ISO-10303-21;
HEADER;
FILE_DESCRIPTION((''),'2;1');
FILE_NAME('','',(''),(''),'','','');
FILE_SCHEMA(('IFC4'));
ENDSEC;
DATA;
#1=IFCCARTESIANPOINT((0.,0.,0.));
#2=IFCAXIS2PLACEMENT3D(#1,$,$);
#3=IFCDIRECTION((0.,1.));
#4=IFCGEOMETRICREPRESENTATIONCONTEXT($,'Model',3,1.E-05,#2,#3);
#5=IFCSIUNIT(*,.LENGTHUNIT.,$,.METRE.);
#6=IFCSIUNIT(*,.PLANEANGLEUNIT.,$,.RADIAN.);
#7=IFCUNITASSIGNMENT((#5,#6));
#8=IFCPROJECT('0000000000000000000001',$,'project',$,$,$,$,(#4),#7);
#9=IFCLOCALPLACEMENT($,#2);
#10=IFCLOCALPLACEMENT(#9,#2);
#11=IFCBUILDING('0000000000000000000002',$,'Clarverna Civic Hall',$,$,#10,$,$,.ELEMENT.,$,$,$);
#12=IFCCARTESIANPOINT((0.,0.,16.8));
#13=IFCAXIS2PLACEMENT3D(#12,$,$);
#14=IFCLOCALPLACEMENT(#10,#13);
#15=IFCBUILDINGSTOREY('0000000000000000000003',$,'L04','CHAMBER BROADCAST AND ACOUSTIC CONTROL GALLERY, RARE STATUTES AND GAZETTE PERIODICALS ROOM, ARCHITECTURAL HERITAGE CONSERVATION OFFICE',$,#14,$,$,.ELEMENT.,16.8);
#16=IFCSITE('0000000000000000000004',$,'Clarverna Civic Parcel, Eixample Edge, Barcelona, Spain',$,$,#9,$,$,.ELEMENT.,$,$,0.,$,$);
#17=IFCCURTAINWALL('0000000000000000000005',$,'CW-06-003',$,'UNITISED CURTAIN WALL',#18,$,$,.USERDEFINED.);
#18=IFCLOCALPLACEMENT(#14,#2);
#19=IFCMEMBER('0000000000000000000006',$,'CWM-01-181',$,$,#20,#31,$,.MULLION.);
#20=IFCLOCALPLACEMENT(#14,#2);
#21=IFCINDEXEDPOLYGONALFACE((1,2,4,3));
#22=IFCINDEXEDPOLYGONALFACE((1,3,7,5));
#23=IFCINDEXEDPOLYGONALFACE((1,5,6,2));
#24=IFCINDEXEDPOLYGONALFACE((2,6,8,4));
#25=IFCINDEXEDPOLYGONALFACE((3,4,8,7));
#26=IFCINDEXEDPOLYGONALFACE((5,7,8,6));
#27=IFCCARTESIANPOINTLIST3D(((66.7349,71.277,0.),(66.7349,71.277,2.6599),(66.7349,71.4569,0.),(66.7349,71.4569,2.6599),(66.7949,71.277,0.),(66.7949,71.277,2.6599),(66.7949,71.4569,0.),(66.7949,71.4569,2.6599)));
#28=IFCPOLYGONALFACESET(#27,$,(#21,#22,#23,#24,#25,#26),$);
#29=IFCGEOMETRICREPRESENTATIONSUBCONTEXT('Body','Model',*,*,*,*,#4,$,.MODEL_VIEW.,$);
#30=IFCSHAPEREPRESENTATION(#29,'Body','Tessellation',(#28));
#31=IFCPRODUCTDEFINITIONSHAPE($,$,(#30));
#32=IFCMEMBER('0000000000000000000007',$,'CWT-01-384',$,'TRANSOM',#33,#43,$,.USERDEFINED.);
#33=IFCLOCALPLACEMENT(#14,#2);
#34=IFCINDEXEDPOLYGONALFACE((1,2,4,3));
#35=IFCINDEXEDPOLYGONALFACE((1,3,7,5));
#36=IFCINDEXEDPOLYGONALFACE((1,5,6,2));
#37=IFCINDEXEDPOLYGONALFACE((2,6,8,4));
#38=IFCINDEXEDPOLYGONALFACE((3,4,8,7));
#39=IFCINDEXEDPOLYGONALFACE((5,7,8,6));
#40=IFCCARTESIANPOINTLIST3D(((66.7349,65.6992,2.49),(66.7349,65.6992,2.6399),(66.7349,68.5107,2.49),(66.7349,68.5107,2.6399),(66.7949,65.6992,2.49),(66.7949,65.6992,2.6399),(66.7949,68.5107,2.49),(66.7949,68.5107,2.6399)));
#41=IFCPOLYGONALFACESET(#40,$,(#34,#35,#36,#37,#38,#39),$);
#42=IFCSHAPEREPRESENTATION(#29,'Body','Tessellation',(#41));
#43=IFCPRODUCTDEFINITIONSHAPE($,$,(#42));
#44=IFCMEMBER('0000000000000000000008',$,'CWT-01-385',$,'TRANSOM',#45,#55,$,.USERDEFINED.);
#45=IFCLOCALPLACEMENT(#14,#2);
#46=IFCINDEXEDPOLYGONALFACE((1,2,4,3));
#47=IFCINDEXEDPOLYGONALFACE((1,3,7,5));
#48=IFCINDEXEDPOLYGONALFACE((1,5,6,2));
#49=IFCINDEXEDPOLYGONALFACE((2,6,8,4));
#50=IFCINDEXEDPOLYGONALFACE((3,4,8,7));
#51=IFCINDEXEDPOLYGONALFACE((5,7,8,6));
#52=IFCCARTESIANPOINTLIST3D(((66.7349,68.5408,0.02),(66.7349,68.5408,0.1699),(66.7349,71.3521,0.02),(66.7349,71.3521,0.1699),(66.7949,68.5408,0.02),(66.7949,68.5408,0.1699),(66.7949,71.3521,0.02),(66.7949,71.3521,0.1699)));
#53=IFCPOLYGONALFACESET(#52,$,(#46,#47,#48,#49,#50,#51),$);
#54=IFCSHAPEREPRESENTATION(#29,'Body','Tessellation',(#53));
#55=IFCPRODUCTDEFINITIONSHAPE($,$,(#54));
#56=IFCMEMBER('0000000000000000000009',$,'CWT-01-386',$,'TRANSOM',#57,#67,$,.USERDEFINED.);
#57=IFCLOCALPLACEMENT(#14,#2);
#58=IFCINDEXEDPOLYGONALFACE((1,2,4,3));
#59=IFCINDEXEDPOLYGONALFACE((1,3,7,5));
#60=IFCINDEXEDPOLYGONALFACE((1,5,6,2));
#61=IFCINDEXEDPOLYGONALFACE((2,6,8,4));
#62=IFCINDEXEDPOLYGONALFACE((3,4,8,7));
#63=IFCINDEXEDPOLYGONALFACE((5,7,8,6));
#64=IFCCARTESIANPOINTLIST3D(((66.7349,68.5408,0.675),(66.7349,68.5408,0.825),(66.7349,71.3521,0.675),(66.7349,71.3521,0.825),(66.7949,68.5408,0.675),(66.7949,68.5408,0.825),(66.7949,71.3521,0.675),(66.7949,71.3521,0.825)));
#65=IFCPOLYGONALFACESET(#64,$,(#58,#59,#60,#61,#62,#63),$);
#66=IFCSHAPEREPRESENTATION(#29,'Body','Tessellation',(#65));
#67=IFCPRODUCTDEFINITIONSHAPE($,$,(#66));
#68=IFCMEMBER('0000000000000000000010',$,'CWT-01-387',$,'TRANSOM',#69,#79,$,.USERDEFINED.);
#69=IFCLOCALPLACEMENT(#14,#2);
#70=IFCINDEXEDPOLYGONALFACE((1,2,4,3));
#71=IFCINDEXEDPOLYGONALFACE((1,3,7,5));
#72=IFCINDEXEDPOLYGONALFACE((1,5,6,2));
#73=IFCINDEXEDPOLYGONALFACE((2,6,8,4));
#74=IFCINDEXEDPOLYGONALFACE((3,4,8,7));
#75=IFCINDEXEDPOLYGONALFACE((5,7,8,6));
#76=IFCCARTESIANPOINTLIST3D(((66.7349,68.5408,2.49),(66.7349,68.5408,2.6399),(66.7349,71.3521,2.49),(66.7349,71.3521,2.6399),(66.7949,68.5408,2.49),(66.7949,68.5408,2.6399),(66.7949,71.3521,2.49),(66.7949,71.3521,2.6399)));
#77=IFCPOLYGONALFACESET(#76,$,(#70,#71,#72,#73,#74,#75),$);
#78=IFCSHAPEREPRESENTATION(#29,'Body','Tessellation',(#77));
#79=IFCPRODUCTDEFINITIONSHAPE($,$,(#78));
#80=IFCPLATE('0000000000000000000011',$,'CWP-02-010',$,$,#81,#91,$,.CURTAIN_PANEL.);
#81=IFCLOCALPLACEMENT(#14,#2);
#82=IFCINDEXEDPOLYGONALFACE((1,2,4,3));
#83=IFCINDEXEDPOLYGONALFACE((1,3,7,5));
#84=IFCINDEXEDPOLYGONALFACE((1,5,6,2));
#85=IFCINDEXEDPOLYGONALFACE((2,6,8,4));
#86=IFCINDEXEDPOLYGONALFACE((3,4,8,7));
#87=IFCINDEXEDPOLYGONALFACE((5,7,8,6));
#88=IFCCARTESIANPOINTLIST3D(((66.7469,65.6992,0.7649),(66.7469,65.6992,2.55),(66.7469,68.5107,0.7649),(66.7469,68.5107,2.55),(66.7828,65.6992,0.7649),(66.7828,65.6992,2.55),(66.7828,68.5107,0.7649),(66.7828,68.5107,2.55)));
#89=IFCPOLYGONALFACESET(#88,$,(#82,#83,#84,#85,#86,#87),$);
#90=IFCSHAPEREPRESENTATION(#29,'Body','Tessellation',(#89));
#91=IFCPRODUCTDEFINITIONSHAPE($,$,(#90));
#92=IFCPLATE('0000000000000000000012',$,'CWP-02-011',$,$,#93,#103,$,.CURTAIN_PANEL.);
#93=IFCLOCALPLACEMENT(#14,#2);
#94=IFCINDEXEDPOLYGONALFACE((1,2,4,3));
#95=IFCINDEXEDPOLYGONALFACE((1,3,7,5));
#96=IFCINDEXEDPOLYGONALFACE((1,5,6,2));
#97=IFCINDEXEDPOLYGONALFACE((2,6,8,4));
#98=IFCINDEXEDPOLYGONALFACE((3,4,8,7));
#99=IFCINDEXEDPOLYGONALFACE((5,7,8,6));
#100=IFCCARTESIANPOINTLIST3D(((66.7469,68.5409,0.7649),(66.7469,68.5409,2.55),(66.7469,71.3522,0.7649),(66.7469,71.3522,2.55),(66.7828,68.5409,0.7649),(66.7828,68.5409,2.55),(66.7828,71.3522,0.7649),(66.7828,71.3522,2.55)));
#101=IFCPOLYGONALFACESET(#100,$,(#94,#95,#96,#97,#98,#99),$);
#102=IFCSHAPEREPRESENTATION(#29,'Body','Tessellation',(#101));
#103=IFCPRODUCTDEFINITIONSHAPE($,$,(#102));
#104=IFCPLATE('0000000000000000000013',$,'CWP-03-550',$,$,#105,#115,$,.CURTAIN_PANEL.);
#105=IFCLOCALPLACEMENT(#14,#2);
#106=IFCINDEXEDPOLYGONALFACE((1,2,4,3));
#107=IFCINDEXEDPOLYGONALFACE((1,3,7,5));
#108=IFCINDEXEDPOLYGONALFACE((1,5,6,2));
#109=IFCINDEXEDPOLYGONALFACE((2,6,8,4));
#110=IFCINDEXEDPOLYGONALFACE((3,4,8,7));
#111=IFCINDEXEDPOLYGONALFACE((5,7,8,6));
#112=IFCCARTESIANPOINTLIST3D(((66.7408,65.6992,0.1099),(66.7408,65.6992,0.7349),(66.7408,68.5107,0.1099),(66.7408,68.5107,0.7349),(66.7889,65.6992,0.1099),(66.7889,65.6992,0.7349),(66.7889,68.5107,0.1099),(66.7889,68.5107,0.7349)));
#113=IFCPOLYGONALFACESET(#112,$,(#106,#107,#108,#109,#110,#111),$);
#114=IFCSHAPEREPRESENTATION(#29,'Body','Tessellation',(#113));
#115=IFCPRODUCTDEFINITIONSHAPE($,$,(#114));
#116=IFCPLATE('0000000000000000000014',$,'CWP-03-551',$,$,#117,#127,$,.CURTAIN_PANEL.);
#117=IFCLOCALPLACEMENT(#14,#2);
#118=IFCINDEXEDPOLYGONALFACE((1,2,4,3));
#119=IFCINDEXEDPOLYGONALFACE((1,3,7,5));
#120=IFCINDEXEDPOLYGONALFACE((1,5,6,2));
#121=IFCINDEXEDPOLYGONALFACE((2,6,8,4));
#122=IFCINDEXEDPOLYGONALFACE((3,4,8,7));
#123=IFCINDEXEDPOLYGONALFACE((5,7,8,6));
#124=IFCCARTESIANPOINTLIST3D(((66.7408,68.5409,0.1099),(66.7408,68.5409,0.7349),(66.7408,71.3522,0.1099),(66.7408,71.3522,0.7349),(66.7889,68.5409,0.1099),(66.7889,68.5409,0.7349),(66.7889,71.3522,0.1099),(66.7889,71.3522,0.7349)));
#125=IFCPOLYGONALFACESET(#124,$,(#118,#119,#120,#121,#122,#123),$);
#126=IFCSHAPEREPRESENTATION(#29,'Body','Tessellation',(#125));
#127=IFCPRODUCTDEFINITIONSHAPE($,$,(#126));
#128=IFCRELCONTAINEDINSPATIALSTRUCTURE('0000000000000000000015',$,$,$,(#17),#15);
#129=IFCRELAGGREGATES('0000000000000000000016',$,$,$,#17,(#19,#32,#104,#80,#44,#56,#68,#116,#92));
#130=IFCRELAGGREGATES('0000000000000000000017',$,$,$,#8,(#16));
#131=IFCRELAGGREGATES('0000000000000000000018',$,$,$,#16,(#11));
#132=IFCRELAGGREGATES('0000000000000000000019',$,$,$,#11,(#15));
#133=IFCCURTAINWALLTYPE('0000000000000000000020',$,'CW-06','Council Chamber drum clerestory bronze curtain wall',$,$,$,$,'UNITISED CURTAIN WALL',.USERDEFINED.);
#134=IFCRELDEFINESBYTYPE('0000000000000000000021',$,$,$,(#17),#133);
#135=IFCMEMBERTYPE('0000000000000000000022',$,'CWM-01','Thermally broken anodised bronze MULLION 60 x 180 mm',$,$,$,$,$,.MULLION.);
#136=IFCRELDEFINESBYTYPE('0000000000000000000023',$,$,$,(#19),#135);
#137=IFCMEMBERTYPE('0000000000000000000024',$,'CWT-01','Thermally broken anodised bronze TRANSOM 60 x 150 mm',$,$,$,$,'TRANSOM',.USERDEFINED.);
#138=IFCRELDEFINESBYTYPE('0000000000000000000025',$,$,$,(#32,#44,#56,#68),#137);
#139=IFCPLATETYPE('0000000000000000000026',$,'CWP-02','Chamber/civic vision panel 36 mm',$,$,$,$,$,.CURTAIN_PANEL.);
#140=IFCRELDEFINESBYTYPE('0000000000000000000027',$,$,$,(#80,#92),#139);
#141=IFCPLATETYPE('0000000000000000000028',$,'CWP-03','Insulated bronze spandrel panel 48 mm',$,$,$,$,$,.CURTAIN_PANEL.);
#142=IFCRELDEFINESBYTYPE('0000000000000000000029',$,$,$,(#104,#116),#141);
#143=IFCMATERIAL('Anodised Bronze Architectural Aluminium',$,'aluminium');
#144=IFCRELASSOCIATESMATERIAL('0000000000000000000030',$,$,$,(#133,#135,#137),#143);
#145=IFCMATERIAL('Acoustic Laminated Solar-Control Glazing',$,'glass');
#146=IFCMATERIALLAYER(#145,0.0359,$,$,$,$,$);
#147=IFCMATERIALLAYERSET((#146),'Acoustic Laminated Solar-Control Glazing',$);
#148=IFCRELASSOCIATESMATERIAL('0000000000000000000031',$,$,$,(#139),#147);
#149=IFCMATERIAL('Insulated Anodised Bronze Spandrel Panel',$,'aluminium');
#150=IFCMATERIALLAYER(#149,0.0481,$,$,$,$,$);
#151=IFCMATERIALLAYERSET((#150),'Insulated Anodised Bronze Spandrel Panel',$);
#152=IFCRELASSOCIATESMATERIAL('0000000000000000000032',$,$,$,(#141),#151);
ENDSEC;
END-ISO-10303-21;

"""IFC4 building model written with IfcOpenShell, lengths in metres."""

from ifc_helpers import new_model, si_unit, direction, frame, frame_2d, origin, origin_2d, place, context, subcontext, project, spatial, rectangle, extrude, material, layer, layer_set, material_profile, profile_set, type_object, element, aggregate, save


model = new_model("IFC4")

# Units and contexts
model_context = context("Model", 3, precision=1e-05, world=origin(), true_north=direction((0.0, 1.0)))
body_context = subcontext(model_context, "Body", "Model", "MODEL_VIEW")
ifc_project = project(units=[si_unit("LENGTHUNIT", "METRE"), si_unit("PLANEANGLEUNIT", "RADIAN")], contexts=[model_context])

# Site, building, storey
site_placement = place(None, origin())
site = spatial("IfcSite", under=ifc_project, at=site_placement, Name="Clarverna Civic Parcel, Eixample Edge, Barcelona, Spain", CompositionType="ELEMENT", RefElevation=0.0)
building_placement = place(site_placement, origin())
building = spatial("IfcBuilding", under=site, at=building_placement, Name="Clarverna Civic Hall", CompositionType="ELEMENT")
storey_placement = place(building_placement, frame((0.0, 0.0, 16.8)))
storey = spatial("IfcBuildingStorey", under=building, at=storey_placement, Name="L04", Description="CHAMBER BROADCAST AND ACOUSTIC CONTROL GALLERY, RARE STATUTES AND GAZETTE PERIODICALS ROOM, ARCHITECTURAL HERITAGE CONSERVATION OFFICE", CompositionType="ELEMENT", Elevation=16.8)

# Curtain wall, members, plates
ifc_material_1 = material(Name="Anodised Bronze Architectural Aluminium", Category="aluminium")
curtain_wall_type = type_object("IfcCurtainWallType", Name="CW-06", Description="Council Chamber drum clerestory bronze curtain wall", ElementType="UNITISED CURTAIN WALL", PredefinedType="USERDEFINED", material=ifc_material_1)
curtain_wall_placement = place(storey_placement, origin())
curtain_wall = element("IfcCurtainWall", 1, at=curtain_wall_placement, inside=storey, type_object=curtain_wall_type, Name="CW-06-003", ObjectType="UNITISED CURTAIN WALL", PredefinedType="USERDEFINED")
ifc_material_profile_1 = material_profile(ifc_material_1, rectangle(XDim=0.0601, YDim=0.1799, at=origin_2d()), Name="BRONZE 60x180")
ifc_profile_set_1 = profile_set([ifc_material_profile_1], Name="Anodised Bronze Architectural Aluminium")
member_type_1 = type_object("IfcMemberType", Name="CWM-01", Description="Thermally broken anodised bronze MULLION 60 x 180 mm", PredefinedType="MULLION", material=ifc_profile_set_1)
member_1_placement = place(storey_placement, frame((66.7649, 71.3669, 0.0), z_axis=(0.0, 0.0, 1.0), x_axis=(1.0, 0.0, 0.0)))
member_1 = element("IfcMember", 2, at=member_1_placement, type_object=member_type_1, Name="CWM-01-181", PredefinedType="MULLION", context=body_context, shape_type="SweptSolid", body=[
    extrude(rectangle(XDim=0.0601, YDim=0.1799, at=origin_2d()), origin(), (0.0, 0.0, 1.0), 2.6599),
])
ifc_material_profile_2 = material_profile(ifc_material_1, rectangle(XDim=0.0601, YDim=0.1499, at=origin_2d()), Name="BRONZE 60x150")
ifc_profile_set_2 = profile_set([ifc_material_profile_2], Name="Anodised Bronze Architectural Aluminium")
member_type_2 = type_object("IfcMemberType", Name="CWT-01", Description="Thermally broken anodised bronze TRANSOM 60 x 150 mm", ElementType="TRANSOM", PredefinedType="USERDEFINED", material=ifc_profile_set_2)
member_2_placement = place(storey_placement, frame((66.7649, 65.6992, 2.5649), z_axis=(0.0, 1.0, 0.0), x_axis=(-1.0, 0.0, 0.0)))
member_2 = element("IfcMember", 3, at=member_2_placement, type_object=member_type_2, Name="CWT-01-384", ObjectType="TRANSOM", PredefinedType="USERDEFINED", context=body_context, shape_type="SweptSolid", body=[
    extrude(rectangle(XDim=0.0601, YDim=0.1499, at=origin_2d()), origin(), (0.0, 0.0, 1.0), 2.8115),
])
member_3_placement = place(storey_placement, frame((66.7649, 68.5408, 0.095), z_axis=(0.0, 1.0, 0.0), x_axis=(-1.0, 0.0, 0.0)))
member_3 = element("IfcMember", 4, at=member_3_placement, type_object=member_type_2, Name="CWT-01-385", ObjectType="TRANSOM", PredefinedType="USERDEFINED", context=body_context, shape_type="SweptSolid", body=[
    extrude(rectangle(XDim=0.0601, YDim=0.1499, at=origin_2d()), origin(), (0.0, 0.0, 1.0), 2.8113),
])
member_4_placement = place(storey_placement, frame((66.7649, 68.5408, 0.75), z_axis=(0.0, 1.0, 0.0), x_axis=(-1.0, 0.0, 0.0)))
member_4 = element("IfcMember", 5, at=member_4_placement, type_object=member_type_2, Name="CWT-01-386", ObjectType="TRANSOM", PredefinedType="USERDEFINED", context=body_context, shape_type="SweptSolid", body=[
    extrude(rectangle(XDim=0.0601, YDim=0.1499, at=origin_2d()), origin(), (0.0, 0.0, 1.0), 2.8113),
])
member_5_placement = place(storey_placement, frame((66.7649, 68.5408, 2.5649), z_axis=(0.0, 1.0, 0.0), x_axis=(-1.0, 0.0, 0.0)))
member_5 = element("IfcMember", 6, at=member_5_placement, type_object=member_type_2, Name="CWT-01-387", ObjectType="TRANSOM", PredefinedType="USERDEFINED", context=body_context, shape_type="SweptSolid", body=[
    extrude(rectangle(XDim=0.0601, YDim=0.1499, at=origin_2d()), origin(), (0.0, 0.0, 1.0), 2.8113),
])
ifc_material_2 = material(Name="Acoustic Laminated Solar-Control Glazing", Category="glass")
ifc_layer_1 = layer(ifc_material_2, 0.0359)
ifc_layer_set_1 = layer_set([ifc_layer_1], Name="Acoustic Laminated Solar-Control Glazing")
plate_type_1 = type_object("IfcPlateType", Name="CWP-02", Description="Chamber/civic vision panel 36 mm", PredefinedType="CURTAIN_PANEL", material=ifc_layer_set_1)
plate_1_placement = place(storey_placement, frame((66.7649, 65.6992, 0.7649), z_axis=(0.0, 0.0, 1.0), x_axis=(0.0, 1.0, 0.0)))
plate_1 = element("IfcPlate", 7, at=plate_1_placement, type_object=plate_type_1, Name="CWP-02-010", PredefinedType="CURTAIN_PANEL", context=body_context, shape_type="SweptSolid", body=[
    extrude(rectangle(XDim=2.8115, YDim=0.0359, at=frame_2d((1.4058, 0.0))), origin(), (0.0, 0.0, 1.0), 1.7852),
])
plate_2_placement = place(storey_placement, frame((66.7649, 68.5408, 0.7649), z_axis=(0.0, 0.0, 1.0), x_axis=(0.0, 1.0, 0.0)))
plate_2 = element("IfcPlate", 8, at=plate_2_placement, type_object=plate_type_1, Name="CWP-02-011", PredefinedType="CURTAIN_PANEL", context=body_context, shape_type="SweptSolid", body=[
    extrude(rectangle(XDim=2.8113, YDim=0.0359, at=frame_2d((1.4058, 0.0))), origin(), (0.0, 0.0, 1.0), 1.7852),
])
ifc_material_3 = material(Name="Insulated Anodised Bronze Spandrel Panel", Category="aluminium")
ifc_layer_2 = layer(ifc_material_3, 0.0481)
ifc_layer_set_2 = layer_set([ifc_layer_2], Name="Insulated Anodised Bronze Spandrel Panel")
plate_type_2 = type_object("IfcPlateType", Name="CWP-03", Description="Insulated bronze spandrel panel 48 mm", PredefinedType="CURTAIN_PANEL", material=ifc_layer_set_2)
plate_3_placement = place(storey_placement, frame((66.7649, 65.6992, 0.1099), z_axis=(0.0, 0.0, 1.0), x_axis=(0.0, 1.0, 0.0)))
plate_3 = element("IfcPlate", 9, at=plate_3_placement, type_object=plate_type_2, Name="CWP-03-550", PredefinedType="CURTAIN_PANEL", context=body_context, shape_type="SweptSolid", body=[
    extrude(rectangle(XDim=2.8115, YDim=0.0481, at=frame_2d((1.4058, 0.0))), origin(), (0.0, 0.0, 1.0), 0.625),
])
plate_4_placement = place(storey_placement, frame((66.7649, 68.5408, 0.1099), z_axis=(0.0, 0.0, 1.0), x_axis=(0.0, 1.0, 0.0)))
plate_4 = element("IfcPlate", 10, at=plate_4_placement, type_object=plate_type_2, Name="CWP-03-551", PredefinedType="CURTAIN_PANEL", context=body_context, shape_type="SweptSolid", body=[
    extrude(rectangle(XDim=2.8113, YDim=0.0481, at=frame_2d((1.4058, 0.0))), origin(), (0.0, 0.0, 1.0), 0.625),
])
aggregate(curtain_wall, [member_1, member_2, plate_3, plate_1, member_3, member_4, member_5, plate_4, plate_2])

save(model, "model.ifc")
